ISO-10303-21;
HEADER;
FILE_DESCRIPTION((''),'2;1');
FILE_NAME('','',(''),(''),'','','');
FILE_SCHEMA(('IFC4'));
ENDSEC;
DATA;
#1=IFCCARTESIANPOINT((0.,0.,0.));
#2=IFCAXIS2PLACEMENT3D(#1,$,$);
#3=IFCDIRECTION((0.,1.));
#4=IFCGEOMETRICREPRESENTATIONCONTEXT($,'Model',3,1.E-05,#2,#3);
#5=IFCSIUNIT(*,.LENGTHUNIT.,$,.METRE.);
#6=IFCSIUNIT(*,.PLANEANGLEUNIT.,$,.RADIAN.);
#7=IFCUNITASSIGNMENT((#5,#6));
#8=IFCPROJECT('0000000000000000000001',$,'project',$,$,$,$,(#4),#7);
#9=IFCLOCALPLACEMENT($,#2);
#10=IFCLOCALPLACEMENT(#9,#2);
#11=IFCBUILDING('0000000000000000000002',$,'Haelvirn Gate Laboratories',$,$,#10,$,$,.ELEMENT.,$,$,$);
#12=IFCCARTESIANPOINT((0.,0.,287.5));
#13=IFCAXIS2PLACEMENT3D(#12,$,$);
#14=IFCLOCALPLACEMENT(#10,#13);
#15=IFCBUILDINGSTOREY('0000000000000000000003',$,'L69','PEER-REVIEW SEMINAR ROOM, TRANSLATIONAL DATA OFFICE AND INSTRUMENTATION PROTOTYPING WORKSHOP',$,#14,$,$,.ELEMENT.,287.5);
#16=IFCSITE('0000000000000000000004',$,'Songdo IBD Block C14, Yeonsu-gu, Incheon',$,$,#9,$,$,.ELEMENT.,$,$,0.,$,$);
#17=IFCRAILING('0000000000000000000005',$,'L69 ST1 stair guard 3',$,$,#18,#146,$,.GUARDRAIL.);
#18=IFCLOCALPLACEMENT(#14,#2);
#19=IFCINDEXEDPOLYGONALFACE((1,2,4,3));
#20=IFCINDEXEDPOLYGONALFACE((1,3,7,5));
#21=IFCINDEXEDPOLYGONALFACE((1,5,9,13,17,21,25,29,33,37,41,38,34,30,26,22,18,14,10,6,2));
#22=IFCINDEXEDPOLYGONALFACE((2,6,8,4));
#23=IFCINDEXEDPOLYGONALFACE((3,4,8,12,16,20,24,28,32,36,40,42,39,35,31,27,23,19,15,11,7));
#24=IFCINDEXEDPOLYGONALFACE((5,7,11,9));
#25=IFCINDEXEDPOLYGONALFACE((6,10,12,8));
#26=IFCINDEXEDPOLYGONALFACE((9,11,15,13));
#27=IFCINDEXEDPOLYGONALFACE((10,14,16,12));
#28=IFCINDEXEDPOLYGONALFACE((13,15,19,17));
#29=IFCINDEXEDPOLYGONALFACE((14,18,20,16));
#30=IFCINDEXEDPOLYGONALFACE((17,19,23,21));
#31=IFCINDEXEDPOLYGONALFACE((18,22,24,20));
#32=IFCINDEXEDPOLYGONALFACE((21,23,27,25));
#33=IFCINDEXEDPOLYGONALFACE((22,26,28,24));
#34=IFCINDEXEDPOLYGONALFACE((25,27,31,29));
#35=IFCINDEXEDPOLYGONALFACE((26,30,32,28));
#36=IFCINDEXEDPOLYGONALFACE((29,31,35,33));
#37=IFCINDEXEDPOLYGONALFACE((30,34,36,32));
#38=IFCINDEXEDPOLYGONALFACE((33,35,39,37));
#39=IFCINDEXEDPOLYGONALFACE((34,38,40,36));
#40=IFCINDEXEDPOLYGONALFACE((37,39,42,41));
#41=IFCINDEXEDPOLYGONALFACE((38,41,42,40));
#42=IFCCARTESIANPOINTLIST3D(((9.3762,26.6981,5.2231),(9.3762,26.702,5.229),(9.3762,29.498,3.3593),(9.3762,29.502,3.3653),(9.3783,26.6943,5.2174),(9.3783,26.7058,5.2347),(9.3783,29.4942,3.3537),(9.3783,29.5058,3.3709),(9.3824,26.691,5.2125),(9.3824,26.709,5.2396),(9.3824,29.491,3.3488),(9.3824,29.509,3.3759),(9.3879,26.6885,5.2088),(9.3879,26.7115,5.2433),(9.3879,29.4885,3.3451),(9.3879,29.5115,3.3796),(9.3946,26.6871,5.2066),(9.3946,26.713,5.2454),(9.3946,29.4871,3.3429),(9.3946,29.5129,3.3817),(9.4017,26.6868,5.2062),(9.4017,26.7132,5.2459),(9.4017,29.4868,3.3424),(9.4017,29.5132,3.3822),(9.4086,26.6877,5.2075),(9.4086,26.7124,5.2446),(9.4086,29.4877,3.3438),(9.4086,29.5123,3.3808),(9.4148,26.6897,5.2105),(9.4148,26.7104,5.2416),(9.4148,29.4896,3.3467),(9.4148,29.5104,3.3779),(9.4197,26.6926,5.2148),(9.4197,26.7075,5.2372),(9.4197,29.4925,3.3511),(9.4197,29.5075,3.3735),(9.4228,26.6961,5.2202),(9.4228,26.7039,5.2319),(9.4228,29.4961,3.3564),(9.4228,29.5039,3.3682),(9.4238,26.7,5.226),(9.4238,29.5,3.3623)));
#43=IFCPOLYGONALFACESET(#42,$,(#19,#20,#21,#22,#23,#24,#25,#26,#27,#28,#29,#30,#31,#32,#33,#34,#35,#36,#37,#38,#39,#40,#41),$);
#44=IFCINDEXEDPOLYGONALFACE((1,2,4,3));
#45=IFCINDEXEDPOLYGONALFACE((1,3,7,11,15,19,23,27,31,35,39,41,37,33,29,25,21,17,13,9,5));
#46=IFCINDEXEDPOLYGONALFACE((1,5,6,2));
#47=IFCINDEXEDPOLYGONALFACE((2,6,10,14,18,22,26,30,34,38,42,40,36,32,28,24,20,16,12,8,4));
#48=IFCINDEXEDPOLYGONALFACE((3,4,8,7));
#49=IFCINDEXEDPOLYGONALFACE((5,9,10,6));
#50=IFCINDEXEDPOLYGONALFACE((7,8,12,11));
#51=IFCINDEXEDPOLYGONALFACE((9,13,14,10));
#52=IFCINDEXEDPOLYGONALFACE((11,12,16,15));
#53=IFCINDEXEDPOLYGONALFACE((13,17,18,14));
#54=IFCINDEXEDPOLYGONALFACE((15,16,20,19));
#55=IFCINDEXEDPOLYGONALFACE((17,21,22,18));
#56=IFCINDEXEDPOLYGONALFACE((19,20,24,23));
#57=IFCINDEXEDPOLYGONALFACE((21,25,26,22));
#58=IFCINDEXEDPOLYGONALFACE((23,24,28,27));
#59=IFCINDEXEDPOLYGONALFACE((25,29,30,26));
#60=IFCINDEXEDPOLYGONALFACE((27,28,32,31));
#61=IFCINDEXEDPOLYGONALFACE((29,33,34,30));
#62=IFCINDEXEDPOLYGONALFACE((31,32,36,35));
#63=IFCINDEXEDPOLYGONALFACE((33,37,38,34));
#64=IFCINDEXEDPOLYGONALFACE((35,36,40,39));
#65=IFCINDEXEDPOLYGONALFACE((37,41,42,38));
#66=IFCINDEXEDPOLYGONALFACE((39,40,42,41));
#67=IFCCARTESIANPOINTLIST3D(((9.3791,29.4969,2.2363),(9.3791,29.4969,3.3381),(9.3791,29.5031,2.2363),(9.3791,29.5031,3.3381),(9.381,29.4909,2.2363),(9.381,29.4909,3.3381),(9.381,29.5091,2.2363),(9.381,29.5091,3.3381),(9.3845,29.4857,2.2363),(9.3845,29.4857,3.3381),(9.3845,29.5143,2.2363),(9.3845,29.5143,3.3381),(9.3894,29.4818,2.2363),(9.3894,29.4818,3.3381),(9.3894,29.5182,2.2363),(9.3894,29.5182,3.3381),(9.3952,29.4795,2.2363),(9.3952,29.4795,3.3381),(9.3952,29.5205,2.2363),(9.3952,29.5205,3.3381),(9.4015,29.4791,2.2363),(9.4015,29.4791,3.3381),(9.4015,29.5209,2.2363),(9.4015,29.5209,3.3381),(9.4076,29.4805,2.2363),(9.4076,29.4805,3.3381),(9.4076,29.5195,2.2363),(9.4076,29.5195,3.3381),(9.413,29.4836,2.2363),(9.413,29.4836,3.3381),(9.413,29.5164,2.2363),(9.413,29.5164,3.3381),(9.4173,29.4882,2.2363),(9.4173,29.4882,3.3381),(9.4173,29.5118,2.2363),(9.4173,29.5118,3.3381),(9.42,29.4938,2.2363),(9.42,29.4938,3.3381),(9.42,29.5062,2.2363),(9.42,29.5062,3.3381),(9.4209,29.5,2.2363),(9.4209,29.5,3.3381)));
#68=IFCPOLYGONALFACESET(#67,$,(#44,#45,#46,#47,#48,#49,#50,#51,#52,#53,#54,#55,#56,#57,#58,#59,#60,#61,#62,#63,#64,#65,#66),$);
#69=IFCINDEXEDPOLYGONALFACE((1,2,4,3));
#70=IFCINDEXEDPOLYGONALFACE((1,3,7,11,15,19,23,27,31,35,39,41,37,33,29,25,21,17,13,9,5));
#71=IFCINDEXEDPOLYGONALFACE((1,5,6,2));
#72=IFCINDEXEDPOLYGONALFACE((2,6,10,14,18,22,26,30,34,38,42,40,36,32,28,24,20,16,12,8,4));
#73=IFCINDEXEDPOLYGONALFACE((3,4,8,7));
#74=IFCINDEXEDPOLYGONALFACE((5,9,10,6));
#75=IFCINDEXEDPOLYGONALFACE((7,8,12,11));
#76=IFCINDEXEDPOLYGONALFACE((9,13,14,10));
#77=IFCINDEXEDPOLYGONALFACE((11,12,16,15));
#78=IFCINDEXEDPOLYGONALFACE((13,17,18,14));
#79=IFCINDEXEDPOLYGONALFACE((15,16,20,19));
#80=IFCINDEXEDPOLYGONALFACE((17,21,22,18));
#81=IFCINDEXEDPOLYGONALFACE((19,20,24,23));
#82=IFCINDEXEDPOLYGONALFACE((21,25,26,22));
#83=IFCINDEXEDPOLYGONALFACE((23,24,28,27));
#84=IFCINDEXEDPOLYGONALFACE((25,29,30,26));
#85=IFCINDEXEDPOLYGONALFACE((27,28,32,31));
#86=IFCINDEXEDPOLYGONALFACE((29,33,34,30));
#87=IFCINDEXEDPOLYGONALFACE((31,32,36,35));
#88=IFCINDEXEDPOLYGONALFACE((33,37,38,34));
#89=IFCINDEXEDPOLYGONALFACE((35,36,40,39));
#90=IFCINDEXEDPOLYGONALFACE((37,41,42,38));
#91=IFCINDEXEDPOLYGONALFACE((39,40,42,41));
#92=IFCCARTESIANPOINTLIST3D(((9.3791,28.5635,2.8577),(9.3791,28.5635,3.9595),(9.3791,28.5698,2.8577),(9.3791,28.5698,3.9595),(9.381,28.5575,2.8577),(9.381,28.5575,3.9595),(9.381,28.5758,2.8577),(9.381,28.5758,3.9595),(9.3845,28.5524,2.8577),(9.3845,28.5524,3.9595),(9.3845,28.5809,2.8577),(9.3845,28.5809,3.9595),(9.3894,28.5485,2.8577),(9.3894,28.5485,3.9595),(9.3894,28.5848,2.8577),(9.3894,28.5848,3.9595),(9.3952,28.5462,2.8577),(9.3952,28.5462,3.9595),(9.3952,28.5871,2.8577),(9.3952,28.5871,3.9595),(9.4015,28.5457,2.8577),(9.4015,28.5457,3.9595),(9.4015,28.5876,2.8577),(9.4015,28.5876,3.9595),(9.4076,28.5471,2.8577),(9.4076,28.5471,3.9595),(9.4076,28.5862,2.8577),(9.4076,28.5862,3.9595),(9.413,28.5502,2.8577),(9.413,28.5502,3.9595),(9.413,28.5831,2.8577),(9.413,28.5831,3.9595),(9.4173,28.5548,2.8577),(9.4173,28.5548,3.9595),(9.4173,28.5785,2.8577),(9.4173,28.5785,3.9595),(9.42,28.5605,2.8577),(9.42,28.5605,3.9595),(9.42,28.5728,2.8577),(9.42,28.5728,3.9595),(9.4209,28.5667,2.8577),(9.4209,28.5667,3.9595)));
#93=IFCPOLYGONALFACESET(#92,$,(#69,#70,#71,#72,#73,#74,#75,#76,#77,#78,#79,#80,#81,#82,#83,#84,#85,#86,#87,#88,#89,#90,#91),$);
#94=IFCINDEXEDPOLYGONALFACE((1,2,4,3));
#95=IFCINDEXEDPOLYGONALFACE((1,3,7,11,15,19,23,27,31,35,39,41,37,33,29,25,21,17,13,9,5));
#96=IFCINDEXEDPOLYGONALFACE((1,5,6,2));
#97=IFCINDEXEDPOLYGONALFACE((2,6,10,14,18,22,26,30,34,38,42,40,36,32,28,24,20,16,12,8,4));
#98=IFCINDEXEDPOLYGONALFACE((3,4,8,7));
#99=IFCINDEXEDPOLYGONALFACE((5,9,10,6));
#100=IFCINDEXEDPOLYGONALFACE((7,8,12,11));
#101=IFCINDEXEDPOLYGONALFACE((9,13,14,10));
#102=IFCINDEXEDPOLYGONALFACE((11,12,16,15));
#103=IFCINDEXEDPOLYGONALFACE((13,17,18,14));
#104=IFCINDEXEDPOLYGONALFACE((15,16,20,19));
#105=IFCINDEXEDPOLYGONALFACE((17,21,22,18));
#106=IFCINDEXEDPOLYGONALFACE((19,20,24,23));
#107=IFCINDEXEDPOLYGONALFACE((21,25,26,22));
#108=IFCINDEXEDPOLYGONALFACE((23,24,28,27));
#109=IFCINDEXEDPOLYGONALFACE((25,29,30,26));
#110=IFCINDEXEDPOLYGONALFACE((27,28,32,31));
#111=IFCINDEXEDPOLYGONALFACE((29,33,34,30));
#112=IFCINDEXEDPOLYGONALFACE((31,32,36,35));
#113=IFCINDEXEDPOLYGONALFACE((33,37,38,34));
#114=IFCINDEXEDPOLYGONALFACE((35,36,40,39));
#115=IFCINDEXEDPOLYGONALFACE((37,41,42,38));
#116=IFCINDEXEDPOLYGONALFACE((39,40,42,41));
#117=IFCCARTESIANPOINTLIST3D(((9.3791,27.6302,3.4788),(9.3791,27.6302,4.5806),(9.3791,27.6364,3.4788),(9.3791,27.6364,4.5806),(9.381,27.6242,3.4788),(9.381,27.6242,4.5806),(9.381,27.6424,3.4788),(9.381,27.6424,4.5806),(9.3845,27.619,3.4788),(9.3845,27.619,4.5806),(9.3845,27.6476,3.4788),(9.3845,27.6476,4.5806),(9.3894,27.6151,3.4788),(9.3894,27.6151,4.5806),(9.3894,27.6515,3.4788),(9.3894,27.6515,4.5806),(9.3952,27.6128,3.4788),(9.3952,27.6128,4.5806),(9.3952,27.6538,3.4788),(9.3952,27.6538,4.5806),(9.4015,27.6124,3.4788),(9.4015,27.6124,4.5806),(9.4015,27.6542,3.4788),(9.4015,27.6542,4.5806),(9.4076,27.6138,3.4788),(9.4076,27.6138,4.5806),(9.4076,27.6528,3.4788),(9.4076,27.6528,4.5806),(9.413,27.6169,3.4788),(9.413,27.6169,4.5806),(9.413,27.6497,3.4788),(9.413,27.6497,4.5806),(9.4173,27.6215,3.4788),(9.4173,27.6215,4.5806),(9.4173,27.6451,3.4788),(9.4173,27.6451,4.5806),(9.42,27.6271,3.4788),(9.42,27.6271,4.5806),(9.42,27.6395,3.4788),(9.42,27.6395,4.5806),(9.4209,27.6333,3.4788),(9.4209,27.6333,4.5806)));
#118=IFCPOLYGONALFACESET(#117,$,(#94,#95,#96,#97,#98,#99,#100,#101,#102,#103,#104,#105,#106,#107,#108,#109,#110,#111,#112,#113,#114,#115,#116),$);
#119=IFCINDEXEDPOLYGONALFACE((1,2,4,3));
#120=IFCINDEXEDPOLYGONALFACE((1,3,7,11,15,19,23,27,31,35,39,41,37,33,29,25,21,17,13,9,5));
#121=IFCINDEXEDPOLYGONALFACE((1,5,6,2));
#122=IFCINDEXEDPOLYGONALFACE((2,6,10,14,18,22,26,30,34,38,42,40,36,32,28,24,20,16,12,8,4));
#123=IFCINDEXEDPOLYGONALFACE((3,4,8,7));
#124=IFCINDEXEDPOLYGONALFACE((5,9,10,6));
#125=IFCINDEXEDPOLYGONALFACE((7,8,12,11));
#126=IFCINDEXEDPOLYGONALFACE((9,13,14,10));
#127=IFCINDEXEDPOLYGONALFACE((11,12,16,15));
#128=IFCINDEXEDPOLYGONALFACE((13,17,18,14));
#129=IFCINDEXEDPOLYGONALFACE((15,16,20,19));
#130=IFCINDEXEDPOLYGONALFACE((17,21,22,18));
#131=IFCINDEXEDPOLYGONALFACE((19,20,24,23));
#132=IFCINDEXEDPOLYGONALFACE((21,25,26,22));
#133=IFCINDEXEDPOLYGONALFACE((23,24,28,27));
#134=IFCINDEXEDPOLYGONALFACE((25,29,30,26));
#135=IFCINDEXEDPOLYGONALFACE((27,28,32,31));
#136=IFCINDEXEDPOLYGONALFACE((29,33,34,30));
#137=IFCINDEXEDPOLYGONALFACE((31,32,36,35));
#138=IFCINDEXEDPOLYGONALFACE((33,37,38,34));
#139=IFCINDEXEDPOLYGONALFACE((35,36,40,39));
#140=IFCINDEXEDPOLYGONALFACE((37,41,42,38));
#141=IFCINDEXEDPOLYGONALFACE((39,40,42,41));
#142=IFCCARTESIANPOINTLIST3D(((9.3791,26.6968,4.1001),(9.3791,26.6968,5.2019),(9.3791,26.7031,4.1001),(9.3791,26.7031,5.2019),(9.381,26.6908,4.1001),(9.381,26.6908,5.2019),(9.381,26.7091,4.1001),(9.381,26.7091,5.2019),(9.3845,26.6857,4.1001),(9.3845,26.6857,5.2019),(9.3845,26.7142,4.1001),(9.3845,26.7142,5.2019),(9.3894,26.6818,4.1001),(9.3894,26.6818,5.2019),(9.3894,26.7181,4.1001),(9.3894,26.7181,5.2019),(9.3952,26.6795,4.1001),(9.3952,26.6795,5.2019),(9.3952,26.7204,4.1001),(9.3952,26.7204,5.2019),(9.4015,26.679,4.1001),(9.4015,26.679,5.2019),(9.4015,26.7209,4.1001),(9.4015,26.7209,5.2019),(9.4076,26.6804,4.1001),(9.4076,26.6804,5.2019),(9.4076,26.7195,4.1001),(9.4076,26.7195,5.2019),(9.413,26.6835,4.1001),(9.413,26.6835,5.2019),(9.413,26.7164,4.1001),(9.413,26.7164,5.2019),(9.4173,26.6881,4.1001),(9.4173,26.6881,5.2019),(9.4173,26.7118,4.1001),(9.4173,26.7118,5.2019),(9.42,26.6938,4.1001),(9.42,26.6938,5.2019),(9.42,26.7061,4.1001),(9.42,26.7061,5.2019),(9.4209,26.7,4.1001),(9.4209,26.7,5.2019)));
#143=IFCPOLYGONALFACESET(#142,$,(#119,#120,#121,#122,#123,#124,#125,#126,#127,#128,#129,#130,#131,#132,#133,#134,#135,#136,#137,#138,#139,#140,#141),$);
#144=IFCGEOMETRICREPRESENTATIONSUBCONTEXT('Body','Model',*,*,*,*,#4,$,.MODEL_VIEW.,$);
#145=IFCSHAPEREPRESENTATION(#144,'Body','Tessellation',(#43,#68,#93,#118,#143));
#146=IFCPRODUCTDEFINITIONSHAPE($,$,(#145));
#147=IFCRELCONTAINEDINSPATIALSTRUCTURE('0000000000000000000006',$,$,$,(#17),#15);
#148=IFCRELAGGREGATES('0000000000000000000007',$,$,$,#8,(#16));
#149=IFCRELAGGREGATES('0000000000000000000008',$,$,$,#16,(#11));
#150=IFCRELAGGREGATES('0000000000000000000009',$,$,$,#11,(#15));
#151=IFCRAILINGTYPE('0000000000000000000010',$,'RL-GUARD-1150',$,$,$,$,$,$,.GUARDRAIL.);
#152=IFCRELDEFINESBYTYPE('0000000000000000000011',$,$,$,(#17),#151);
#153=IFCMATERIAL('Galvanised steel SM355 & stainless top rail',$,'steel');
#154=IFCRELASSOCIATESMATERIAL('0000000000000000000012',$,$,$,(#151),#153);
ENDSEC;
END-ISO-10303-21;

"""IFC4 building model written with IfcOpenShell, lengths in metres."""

from ifc_helpers import new_model, si_unit, direction, frame, origin, origin_2d, place, context, subcontext, project, spatial, circle, extrude, source, transform, mapped, material, type_object, element, save


model = new_model("IFC4")

# Units and contexts
model_context = context("Model", 3, precision=1e-05, world=origin(), true_north=direction((0.0, 1.0)))
body_context = subcontext(model_context, "Body", "Model", "MODEL_VIEW")
ifc_project = project(units=[si_unit("LENGTHUNIT", "METRE"), si_unit("PLANEANGLEUNIT", "RADIAN")], contexts=[model_context])

# Site, building, storey
site_placement = place(None, origin())
site = spatial("IfcSite", under=ifc_project, at=site_placement, Name="Songdo IBD Block C14, Yeonsu-gu, Incheon", CompositionType="ELEMENT", RefElevation=0.0)
building_placement = place(site_placement, origin())
building = spatial("IfcBuilding", under=site, at=building_placement, Name="Haelvirn Gate Laboratories", CompositionType="ELEMENT")
storey_placement = place(building_placement, frame((0.0, 0.0, 287.5)))
storey = spatial("IfcBuildingStorey", under=building, at=storey_placement, Name="L69", Description="PEER-REVIEW SEMINAR ROOM, TRANSLATIONAL DATA OFFICE AND INSTRUMENTATION PROTOTYPING WORKSHOP", CompositionType="ELEMENT", Elevation=287.5)

# Railing
ifc_material_1 = material(Name="Galvanised steel SM355 & stainless top rail", Category="steel")
railing_type_1 = type_object("IfcRailingType", Name="RL-GUARD-1150", PredefinedType="GUARDRAIL", material=ifc_material_1)
shared_shape_1 = source(origin(), body_context, "Body", "SweptSolid", [
    extrude(circle(Radius=0.0239, at=origin_2d()), frame((0.0, 0.0, 1.126), z_axis=(0.0, -0.832452, 0.554097), x_axis=(1.0, 0.0, 0.0)), (0.0, 0.0, 1.0), 3.3635),
    extrude(circle(Radius=0.021, at=origin_2d()), origin(), (0.0, 0.0, 1.0), 1.1018),
    extrude(circle(Radius=0.021, at=origin_2d()), frame((0.0, -0.9333, 0.6213)), (0.0, 0.0, 1.0), 1.1018),
    extrude(circle(Radius=0.021, at=origin_2d()), frame((0.0, -1.8667, 1.2424)), (0.0, 0.0, 1.0), 1.1018),
    extrude(circle(Radius=0.021, at=origin_2d()), frame((0.0, -2.8, 1.8638)), (0.0, 0.0, 1.0), 1.1018),
])
railing_1_placement = place(storey_placement, frame((9.3999, 29.5, 2.2363)))
element("IfcRailing", 1, at=railing_1_placement, inside=storey, type_object=railing_type_1, Name="L69 ST1 stair guard 3", PredefinedType="GUARDRAIL", context=body_context, shape_type="MappedRepresentation", body=[
    mapped(shared_shape_1, transform((0.0, 0.0, 0.0), scale=1.0)),
])

save(model, "model.ifc")
